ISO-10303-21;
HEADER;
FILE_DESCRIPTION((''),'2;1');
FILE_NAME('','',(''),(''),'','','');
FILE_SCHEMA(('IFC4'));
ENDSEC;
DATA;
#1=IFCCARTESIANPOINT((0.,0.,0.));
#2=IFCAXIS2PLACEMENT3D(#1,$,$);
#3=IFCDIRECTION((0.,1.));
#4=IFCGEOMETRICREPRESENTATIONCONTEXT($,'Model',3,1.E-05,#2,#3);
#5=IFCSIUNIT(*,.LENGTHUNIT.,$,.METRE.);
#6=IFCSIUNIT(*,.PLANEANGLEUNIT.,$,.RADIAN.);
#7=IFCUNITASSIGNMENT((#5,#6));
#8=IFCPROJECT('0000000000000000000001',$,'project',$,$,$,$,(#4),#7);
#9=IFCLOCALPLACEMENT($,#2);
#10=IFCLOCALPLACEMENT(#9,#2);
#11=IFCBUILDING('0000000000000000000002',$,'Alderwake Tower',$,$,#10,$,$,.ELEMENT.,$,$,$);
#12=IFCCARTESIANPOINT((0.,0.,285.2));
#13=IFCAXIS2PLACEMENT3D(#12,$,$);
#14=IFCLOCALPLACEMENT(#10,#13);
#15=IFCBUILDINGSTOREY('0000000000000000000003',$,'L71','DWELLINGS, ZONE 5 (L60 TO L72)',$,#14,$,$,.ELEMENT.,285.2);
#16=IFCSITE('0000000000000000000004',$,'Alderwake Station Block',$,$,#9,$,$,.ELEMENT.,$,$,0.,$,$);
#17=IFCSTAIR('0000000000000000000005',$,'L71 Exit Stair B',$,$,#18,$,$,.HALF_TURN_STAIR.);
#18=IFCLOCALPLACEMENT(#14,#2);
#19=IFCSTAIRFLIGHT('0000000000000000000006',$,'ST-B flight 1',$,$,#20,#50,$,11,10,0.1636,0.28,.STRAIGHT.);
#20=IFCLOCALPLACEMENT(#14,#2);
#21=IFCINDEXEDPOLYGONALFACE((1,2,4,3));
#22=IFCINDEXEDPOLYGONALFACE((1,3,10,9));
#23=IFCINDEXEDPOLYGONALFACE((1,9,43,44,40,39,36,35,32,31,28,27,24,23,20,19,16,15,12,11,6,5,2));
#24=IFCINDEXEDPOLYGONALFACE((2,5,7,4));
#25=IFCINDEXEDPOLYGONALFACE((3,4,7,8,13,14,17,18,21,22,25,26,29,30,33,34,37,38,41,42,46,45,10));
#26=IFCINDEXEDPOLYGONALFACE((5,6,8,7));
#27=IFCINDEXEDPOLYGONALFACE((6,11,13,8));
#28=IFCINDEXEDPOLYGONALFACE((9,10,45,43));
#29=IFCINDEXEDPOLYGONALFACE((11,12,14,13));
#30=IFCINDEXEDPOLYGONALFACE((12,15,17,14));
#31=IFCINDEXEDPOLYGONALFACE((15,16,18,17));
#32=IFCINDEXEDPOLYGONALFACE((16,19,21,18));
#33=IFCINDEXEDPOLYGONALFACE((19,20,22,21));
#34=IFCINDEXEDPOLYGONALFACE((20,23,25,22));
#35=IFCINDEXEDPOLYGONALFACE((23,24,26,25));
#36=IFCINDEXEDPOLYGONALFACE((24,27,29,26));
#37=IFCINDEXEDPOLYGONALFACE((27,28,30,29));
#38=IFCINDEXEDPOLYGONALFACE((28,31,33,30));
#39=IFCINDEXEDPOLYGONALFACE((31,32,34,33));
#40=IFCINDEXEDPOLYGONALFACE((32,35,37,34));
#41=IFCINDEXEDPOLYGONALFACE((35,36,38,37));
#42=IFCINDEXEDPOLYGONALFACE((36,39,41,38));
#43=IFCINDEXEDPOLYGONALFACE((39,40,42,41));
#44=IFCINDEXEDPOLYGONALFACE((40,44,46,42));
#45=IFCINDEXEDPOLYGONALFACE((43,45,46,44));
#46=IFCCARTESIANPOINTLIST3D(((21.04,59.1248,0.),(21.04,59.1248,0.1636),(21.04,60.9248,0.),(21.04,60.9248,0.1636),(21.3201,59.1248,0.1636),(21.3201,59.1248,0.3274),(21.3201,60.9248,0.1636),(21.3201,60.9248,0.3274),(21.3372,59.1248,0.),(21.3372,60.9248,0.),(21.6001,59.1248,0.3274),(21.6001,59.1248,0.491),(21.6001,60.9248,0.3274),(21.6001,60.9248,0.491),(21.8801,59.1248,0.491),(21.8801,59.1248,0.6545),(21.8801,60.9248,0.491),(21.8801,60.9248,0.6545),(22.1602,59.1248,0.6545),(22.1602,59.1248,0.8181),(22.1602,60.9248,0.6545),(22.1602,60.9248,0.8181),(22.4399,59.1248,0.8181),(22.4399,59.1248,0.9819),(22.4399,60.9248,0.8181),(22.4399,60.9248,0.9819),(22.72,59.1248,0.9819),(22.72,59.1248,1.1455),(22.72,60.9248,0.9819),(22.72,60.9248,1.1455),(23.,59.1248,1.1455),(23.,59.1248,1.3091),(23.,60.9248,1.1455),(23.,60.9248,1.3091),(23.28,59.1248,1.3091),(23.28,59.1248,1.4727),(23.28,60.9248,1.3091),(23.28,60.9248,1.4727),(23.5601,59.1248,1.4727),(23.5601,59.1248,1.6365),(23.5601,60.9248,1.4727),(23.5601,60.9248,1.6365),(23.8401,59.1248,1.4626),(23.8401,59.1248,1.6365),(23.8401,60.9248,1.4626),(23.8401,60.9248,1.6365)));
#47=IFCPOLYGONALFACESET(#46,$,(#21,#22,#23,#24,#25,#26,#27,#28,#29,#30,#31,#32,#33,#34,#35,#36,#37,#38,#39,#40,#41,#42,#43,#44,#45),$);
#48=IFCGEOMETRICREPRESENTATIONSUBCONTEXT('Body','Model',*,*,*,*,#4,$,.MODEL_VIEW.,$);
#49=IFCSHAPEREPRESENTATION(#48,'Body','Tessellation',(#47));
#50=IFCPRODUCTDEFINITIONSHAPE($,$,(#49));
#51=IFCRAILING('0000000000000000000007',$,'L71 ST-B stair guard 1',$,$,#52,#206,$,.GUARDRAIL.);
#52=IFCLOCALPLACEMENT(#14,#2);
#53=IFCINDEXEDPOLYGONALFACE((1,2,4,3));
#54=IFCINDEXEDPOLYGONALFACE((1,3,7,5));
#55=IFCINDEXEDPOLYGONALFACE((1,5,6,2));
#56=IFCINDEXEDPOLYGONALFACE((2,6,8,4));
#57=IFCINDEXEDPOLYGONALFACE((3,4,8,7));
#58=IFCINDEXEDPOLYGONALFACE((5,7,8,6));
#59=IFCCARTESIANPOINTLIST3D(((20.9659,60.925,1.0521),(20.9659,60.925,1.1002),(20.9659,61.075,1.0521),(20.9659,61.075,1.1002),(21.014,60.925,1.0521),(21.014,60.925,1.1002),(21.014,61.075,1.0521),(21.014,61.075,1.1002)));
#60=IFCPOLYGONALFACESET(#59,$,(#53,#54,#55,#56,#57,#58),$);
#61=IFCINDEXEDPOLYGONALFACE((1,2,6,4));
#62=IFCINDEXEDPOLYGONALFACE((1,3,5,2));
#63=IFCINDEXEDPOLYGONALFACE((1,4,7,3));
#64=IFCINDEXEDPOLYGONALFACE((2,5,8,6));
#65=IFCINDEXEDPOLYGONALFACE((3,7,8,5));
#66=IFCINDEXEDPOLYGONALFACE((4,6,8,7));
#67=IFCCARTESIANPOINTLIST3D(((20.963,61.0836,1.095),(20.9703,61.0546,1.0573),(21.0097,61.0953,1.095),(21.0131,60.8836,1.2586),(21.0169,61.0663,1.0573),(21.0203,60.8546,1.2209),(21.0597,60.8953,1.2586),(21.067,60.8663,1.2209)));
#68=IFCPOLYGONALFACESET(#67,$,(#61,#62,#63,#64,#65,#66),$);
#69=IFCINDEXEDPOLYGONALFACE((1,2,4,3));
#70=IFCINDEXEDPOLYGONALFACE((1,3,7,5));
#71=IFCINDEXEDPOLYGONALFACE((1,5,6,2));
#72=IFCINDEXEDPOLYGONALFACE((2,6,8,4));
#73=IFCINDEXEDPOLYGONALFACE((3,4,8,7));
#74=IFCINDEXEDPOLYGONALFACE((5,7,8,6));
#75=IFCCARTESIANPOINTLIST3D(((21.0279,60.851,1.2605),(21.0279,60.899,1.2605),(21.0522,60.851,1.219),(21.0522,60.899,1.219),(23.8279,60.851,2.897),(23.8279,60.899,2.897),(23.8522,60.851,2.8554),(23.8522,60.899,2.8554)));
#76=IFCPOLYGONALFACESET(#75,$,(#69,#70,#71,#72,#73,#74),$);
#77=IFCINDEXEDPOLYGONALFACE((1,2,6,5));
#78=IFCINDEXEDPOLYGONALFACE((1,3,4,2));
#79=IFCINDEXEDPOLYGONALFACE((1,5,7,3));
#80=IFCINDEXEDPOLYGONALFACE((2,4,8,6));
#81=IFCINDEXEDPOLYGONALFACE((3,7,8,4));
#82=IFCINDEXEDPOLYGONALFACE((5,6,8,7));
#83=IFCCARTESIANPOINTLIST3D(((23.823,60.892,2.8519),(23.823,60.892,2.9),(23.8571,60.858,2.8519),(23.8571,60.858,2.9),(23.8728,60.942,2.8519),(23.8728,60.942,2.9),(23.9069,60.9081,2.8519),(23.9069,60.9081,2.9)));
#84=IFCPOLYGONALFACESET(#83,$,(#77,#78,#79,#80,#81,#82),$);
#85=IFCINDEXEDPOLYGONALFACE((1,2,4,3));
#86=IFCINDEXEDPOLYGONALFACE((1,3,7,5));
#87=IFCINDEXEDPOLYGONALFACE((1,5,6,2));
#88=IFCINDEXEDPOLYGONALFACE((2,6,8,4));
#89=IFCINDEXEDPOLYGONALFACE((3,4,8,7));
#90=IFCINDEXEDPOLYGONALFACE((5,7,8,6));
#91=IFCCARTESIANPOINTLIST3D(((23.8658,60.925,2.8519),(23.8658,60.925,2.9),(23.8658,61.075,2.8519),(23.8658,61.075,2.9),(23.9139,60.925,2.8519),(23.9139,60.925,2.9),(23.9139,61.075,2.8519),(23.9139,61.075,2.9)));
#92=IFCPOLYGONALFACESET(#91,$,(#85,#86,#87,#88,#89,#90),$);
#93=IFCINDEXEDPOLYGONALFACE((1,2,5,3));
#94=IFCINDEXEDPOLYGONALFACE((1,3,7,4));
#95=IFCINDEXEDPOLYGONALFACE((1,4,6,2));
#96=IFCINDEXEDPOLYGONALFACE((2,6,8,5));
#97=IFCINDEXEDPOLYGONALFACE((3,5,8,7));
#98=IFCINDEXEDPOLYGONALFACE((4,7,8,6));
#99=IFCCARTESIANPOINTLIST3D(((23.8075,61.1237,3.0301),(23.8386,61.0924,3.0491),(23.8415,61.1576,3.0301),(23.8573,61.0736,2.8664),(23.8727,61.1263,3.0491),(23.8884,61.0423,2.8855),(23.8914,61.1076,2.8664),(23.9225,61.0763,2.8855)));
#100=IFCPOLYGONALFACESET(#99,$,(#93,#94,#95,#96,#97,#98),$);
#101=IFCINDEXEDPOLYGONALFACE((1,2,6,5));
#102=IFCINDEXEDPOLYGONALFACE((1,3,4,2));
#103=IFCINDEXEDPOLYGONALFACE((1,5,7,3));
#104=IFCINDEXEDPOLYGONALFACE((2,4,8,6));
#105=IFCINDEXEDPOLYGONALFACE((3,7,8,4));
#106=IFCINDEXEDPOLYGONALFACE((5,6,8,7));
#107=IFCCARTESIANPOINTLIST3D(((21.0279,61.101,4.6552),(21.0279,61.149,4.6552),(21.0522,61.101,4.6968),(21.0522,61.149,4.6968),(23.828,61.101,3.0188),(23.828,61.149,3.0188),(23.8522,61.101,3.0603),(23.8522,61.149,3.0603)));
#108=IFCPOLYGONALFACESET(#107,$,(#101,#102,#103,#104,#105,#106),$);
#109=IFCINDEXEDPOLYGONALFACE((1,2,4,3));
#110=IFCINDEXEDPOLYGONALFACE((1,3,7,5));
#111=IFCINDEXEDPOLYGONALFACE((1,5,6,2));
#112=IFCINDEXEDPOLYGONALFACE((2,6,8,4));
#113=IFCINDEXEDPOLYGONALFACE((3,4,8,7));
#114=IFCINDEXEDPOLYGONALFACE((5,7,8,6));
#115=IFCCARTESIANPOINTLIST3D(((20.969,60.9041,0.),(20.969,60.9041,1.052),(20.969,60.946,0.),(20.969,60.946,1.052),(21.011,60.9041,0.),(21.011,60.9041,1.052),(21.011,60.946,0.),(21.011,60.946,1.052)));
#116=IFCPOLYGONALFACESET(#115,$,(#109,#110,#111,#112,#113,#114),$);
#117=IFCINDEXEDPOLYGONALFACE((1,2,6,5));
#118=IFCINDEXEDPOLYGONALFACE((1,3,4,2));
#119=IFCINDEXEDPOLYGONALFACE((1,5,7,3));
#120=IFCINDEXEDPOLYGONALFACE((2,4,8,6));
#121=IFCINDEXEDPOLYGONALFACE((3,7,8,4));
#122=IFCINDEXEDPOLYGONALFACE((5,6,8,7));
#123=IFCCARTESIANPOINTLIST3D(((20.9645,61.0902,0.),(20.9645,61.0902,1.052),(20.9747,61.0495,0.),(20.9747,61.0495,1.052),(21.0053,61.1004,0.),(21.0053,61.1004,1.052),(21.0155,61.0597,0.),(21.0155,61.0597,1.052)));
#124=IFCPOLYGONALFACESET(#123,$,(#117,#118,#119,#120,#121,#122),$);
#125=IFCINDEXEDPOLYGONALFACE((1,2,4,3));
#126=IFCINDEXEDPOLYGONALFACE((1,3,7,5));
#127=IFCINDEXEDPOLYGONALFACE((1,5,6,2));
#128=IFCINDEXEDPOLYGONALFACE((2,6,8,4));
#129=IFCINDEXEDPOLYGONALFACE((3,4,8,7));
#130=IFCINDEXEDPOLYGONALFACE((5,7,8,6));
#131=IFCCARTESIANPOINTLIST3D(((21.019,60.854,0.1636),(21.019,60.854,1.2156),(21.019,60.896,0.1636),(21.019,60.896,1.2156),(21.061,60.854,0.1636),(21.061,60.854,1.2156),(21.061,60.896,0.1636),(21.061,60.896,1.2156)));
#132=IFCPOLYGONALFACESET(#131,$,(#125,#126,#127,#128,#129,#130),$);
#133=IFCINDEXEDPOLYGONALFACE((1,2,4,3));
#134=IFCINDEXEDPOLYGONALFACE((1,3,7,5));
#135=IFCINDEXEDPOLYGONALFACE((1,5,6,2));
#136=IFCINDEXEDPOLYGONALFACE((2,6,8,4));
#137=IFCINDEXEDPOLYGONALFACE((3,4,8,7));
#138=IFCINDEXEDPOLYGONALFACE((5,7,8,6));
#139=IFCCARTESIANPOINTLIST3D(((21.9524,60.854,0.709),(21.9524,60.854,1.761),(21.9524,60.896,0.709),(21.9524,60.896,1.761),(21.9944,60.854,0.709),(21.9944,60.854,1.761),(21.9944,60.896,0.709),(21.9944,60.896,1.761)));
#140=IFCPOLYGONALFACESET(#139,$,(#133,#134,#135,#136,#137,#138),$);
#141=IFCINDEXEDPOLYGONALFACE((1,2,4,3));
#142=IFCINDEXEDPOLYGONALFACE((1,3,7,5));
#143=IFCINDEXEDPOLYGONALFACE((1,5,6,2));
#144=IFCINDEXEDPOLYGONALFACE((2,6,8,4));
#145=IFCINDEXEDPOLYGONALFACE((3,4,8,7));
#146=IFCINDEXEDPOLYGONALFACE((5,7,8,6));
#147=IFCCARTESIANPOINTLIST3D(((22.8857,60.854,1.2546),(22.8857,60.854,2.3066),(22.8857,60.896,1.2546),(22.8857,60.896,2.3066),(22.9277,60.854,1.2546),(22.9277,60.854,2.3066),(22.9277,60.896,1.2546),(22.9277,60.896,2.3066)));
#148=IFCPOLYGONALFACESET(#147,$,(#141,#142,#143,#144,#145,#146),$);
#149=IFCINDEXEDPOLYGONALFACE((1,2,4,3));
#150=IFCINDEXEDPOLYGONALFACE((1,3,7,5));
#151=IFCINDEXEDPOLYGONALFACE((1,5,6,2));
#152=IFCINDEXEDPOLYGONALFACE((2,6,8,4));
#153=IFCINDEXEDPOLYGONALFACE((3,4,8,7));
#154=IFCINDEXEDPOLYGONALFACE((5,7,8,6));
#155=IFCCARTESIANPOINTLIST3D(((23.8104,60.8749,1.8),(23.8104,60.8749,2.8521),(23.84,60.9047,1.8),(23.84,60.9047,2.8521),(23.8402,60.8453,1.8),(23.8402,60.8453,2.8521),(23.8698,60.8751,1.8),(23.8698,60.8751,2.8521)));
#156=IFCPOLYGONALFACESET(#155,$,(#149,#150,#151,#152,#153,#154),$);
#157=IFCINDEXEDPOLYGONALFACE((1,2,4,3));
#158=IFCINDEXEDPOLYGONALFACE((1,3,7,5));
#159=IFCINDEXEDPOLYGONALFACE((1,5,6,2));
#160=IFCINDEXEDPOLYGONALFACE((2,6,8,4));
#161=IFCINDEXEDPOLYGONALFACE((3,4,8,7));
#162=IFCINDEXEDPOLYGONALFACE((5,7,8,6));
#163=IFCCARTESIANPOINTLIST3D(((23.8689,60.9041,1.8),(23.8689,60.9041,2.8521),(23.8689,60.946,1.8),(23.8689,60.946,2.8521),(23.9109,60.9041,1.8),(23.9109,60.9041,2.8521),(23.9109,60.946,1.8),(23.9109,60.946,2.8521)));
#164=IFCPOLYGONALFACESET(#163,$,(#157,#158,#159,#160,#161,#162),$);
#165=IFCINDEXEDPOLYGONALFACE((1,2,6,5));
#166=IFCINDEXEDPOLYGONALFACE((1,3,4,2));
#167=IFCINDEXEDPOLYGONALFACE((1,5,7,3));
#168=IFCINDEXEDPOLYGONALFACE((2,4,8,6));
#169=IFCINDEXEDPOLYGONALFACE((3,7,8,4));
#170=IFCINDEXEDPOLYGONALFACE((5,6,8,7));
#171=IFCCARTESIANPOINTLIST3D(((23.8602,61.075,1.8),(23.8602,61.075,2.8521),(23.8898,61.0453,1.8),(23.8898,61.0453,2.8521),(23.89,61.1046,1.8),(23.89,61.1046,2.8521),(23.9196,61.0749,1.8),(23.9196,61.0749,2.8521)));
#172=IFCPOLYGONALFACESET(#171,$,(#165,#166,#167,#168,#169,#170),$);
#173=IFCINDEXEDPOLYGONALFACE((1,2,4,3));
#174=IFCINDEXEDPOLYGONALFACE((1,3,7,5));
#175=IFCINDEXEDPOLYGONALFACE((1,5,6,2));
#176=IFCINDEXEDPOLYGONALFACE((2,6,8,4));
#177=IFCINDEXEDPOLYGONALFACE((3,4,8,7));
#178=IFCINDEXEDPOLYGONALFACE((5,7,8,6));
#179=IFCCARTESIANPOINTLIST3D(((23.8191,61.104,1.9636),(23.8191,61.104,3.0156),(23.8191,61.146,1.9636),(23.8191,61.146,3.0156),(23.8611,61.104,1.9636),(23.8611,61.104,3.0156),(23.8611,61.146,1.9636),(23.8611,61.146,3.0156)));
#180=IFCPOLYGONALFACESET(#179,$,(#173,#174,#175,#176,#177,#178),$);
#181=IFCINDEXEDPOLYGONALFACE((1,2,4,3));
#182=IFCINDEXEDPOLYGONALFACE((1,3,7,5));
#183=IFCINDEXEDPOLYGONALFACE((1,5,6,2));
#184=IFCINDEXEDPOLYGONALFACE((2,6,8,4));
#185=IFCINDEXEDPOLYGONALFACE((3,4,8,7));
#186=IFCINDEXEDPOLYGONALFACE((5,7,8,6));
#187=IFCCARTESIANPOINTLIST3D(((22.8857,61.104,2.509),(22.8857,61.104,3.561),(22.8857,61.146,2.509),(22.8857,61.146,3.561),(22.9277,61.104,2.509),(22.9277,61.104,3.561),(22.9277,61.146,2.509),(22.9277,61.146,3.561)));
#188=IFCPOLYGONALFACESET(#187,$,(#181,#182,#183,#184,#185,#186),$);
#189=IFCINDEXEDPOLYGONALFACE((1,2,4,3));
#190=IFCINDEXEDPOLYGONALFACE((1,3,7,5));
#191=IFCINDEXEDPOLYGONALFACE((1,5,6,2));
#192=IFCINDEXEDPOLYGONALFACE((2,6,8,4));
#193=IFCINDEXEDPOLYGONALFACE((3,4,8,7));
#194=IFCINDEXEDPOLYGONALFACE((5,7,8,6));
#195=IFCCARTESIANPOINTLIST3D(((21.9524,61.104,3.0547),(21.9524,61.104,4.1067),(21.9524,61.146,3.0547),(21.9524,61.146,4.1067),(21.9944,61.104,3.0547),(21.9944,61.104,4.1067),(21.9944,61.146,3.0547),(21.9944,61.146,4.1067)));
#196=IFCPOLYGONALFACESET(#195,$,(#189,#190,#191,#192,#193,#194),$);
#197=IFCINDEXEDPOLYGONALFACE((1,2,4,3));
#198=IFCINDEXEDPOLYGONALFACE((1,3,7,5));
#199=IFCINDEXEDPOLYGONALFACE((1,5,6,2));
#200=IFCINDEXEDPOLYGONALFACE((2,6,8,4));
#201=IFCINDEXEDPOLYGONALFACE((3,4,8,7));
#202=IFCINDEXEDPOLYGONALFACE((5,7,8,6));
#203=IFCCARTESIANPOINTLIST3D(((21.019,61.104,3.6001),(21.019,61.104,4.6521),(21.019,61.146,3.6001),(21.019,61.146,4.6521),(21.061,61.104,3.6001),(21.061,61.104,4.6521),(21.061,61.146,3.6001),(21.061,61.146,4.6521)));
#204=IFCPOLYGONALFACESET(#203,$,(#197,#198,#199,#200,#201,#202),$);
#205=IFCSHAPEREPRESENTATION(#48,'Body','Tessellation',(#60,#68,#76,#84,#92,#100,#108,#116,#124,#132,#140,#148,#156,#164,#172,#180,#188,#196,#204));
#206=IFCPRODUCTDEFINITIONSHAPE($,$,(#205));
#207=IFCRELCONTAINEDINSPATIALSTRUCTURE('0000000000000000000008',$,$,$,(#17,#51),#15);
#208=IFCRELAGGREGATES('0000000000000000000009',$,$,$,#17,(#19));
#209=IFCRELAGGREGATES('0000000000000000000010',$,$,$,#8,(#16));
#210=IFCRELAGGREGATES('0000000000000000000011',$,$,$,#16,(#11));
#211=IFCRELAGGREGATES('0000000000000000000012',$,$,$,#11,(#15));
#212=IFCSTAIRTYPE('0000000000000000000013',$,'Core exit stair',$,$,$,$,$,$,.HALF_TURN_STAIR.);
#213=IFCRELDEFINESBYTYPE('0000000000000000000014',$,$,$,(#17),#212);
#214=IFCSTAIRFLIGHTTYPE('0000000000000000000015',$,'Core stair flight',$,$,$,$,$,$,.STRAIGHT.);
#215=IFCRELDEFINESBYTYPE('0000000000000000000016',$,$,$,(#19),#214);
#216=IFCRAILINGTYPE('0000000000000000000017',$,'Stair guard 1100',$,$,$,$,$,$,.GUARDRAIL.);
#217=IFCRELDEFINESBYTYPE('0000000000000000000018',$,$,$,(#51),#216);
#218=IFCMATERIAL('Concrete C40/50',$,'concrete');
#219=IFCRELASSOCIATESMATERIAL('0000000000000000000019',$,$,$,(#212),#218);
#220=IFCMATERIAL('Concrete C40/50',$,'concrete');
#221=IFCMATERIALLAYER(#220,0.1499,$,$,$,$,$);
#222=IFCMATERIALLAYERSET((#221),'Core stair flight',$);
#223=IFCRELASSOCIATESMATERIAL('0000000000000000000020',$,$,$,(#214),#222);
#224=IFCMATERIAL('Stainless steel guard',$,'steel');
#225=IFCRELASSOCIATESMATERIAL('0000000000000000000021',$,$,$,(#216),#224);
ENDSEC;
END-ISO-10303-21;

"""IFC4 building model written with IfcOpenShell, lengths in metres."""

from ifc_helpers import new_model, si_unit, direction, frame, origin, origin_2d, place, context, subcontext, project, spatial, polyline, rectangle, outline, extrude, material, layer, layer_set, type_object, element, aggregate, save


model = new_model("IFC4")

# Units and contexts
model_context = context("Model", 3, precision=1e-05, world=origin(), true_north=direction((0.0, 1.0)))
body_context = subcontext(model_context, "Body", "Model", "MODEL_VIEW")
ifc_project = project(units=[si_unit("LENGTHUNIT", "METRE"), si_unit("PLANEANGLEUNIT", "RADIAN")], contexts=[model_context])

# Site, building, storey
site_placement = place(None, origin())
site = spatial("IfcSite", under=ifc_project, at=site_placement, Name="Alderwake Station Block", CompositionType="ELEMENT", RefElevation=0.0)
building_placement = place(site_placement, origin())
building = spatial("IfcBuilding", under=site, at=building_placement, Name="Alderwake Tower", CompositionType="ELEMENT")
storey_placement = place(building_placement, frame((0.0, 0.0, 285.2)))
storey = spatial("IfcBuildingStorey", under=building, at=storey_placement, Name="L71", Description="DWELLINGS, ZONE 5 (L60 TO L72)", CompositionType="ELEMENT", Elevation=285.2)

# Stair, stair flight
ifc_material_1 = material(Name="Concrete C40/50", Category="concrete")
stair_type = type_object("IfcStairType", Name="Core exit stair", PredefinedType="HALF_TURN_STAIR", material=ifc_material_1)
stair_placement = place(storey_placement, origin())
stair = element("IfcStair", 1, at=stair_placement, inside=storey, type_object=stair_type, Name="L71 Exit Stair B", PredefinedType="HALF_TURN_STAIR")
ifc_material_2 = material(Name="Concrete C40/50", Category="concrete")
ifc_layer_1 = layer(ifc_material_2, 0.1499)
ifc_layer_set_1 = layer_set([ifc_layer_1], Name="Core stair flight")
stair_flight_type = type_object("IfcStairFlightType", Name="Core stair flight", PredefinedType="STRAIGHT", material=ifc_layer_set_1)
stair_flight_placement = place(storey_placement, frame((21.04, 60.0249, 0.0), z_axis=(0.0, 0.0, 1.0), x_axis=(1.0, 0.0, 0.0)))
stair_flight = element("IfcStairFlight", 2, at=stair_flight_placement, type_object=stair_flight_type, Name="ST-B flight 1", NumberOfRisers=11, NumberOfTreads=10, PredefinedType="STRAIGHT", RiserHeight=0.1636, TreadLength=0.28, context=body_context, shape_type="SweptSolid", body=[
    extrude(outline(polyline([(0.0, 0.0), (0.0, 0.1636), (0.28, 0.1636), (0.28, 0.3274), (0.5601, 0.3274), (0.5601, 0.491), (0.8401, 0.491), (0.8401, 0.6545), (1.1201, 0.6545), (1.1201, 0.8181), (1.3999, 0.8181), (1.3999, 0.9819), (1.6799, 0.9819), (1.6799, 1.1455), (1.96, 1.1455), (1.96, 1.3091), (2.24, 1.3091), (2.24, 1.4727), (2.52, 1.4727), (2.52, 1.6365), (2.8, 1.6365), (2.8, 1.8), (2.8, 1.4626), (0.2971, 0.0), (0.0, 0.0)])), frame((0.0, 0.8999, 0.0), z_axis=(0.0, -1.0, 0.0), x_axis=(1.0, 0.0, 0.0)), (0.0, 0.0, 1.0), 1.8),
])
aggregate(stair, [stair_flight])

# Railing
ifc_material_3 = material(Name="Stainless steel guard", Category="steel")
railing_type_1 = type_object("IfcRailingType", Name="Stair guard 1100", PredefinedType="GUARDRAIL", material=ifc_material_3)
railing_1_placement = place(storey_placement, frame((20.99, 60.925, 0.0)))
element("IfcRailing", 3, at=railing_1_placement, inside=storey, type_object=railing_type_1, Name="L71 ST-B stair guard 1", PredefinedType="GUARDRAIL", context=body_context, shape_type="SweptSolid", body=[
    extrude(rectangle(XDim=0.0481, YDim=0.0481, at=origin_2d()), frame((0.0, 0.0, 1.0762), z_axis=(0.0, 1.0, 0.0), x_axis=(-1.0, 0.0, 0.0)), (0.0, 0.0, 1.0), 0.1499),
    extrude(rectangle(XDim=0.0481, YDim=0.0481, at=origin_2d()), frame((0.0, 0.1499, 1.0762), z_axis=(0.1902, -0.75987, 0.621628), x_axis=(0.970073, 0.242814, 0.0)), (0.0, 0.0, 1.0), 0.2632),
    extrude(rectangle(XDim=0.0481, YDim=0.0481, at=origin_2d()), frame((0.05, -0.05, 1.2397), z_axis=(0.863361, 0.0, 0.504587), x_axis=(0.0, 1.0, 0.0)), (0.0, 0.0, 1.0), 3.2432),
    extrude(rectangle(XDim=0.0481, YDim=0.0481, at=origin_2d()), frame((2.8501, -0.05, 2.876), z_axis=(0.705376, 0.708834, 0.0), x_axis=(-0.708834, 0.705376, 0.0)), (0.0, 0.0, 1.0), 0.0706),
    extrude(rectangle(XDim=0.0481, YDim=0.0481, at=origin_2d()), frame((2.8999, 0.0, 2.876), z_axis=(0.0, 1.0, 0.0), x_axis=(-1.0, 0.0, 0.0)), (0.0, 0.0, 1.0), 0.1499),
    extrude(rectangle(XDim=0.0481, YDim=0.0481, at=origin_2d()), frame((2.8999, 0.1499, 2.876), z_axis=(-0.279546, 0.280917, 0.918118), x_axis=(-0.708834, -0.705376, 0.0)), (0.0, 0.0, 1.0), 0.1782),
    extrude(rectangle(XDim=0.0481, YDim=0.0481, at=origin_2d()), frame((2.8501, 0.2, 3.0396), z_axis=(-0.863361, 0.0, 0.504587), x_axis=(0.0, -1.0, 0.0)), (0.0, 0.0, 1.0), 3.2432),
    extrude(rectangle(XDim=0.042, YDim=0.042, at=origin_2d()), frame((0.0, 0.0, 0.0), z_axis=(0.0, 0.0, 1.0), x_axis=(0.0, 1.0, 0.0)), (0.0, 0.0, 1.0), 1.052),
    extrude(rectangle(XDim=0.042, YDim=0.042, at=origin_2d()), frame((0.0, 0.1499, 0.0), z_axis=(0.0, 0.0, 1.0), x_axis=(0.242814, -0.970073, 0.0)), (0.0, 0.0, 1.0), 1.052),
    extrude(rectangle(XDim=0.042, YDim=0.042, at=origin_2d()), frame((0.05, -0.05, 0.1636), z_axis=(0.0, 0.0, 1.0), x_axis=(1.0, 0.0, 0.0)), (0.0, 0.0, 1.0), 1.052),
    extrude(rectangle(XDim=0.042, YDim=0.042, at=origin_2d()), frame((0.9834, -0.05, 0.709), z_axis=(0.0, 0.0, 1.0), x_axis=(1.0, 0.0, 0.0)), (0.0, 0.0, 1.0), 1.052),
    extrude(rectangle(XDim=0.042, YDim=0.042, at=origin_2d()), frame((1.9167, -0.05, 1.2546), z_axis=(0.0, 0.0, 1.0), x_axis=(1.0, 0.0, 0.0)), (0.0, 0.0, 1.0), 1.052),
    extrude(rectangle(XDim=0.042, YDim=0.042, at=origin_2d()), frame((2.8501, -0.05, 1.8), z_axis=(0.0, 0.0, 1.0), x_axis=(0.705376, 0.708834, 0.0)), (0.0, 0.0, 1.0), 1.052),
    extrude(rectangle(XDim=0.042, YDim=0.042, at=origin_2d()), frame((2.8999, 0.0, 1.8), z_axis=(0.0, 0.0, 1.0), x_axis=(0.0, 1.0, 0.0)), (0.0, 0.0, 1.0), 1.052),
    extrude(rectangle(XDim=0.042, YDim=0.042, at=origin_2d()), frame((2.8999, 0.1499, 1.8), z_axis=(0.0, 0.0, 1.0), x_axis=(-0.705376, 0.708834, 0.0)), (0.0, 0.0, 1.0), 1.052),
    extrude(rectangle(XDim=0.042, YDim=0.042, at=origin_2d()), frame((2.8501, 0.2, 1.9636), z_axis=(0.0, 0.0, 1.0), x_axis=(-1.0, 0.0, 0.0)), (0.0, 0.0, 1.0), 1.052),
    extrude(rectangle(XDim=0.042, YDim=0.042, at=origin_2d()), frame((1.9167, 0.2, 2.509), z_axis=(0.0, 0.0, 1.0), x_axis=(-1.0, 0.0, 0.0)), (0.0, 0.0, 1.0), 1.052),
    extrude(rectangle(XDim=0.042, YDim=0.042, at=origin_2d()), frame((0.9834, 0.2, 3.0547), z_axis=(0.0, 0.0, 1.0), x_axis=(-1.0, 0.0, 0.0)), (0.0, 0.0, 1.0), 1.052),
    extrude(rectangle(XDim=0.042, YDim=0.042, at=origin_2d()), frame((0.05, 0.2, 3.6001), z_axis=(0.0, 0.0, 1.0), x_axis=(-1.0, 0.0, 0.0)), (0.0, 0.0, 1.0), 1.052),
])

save(model, "model.ifc")
